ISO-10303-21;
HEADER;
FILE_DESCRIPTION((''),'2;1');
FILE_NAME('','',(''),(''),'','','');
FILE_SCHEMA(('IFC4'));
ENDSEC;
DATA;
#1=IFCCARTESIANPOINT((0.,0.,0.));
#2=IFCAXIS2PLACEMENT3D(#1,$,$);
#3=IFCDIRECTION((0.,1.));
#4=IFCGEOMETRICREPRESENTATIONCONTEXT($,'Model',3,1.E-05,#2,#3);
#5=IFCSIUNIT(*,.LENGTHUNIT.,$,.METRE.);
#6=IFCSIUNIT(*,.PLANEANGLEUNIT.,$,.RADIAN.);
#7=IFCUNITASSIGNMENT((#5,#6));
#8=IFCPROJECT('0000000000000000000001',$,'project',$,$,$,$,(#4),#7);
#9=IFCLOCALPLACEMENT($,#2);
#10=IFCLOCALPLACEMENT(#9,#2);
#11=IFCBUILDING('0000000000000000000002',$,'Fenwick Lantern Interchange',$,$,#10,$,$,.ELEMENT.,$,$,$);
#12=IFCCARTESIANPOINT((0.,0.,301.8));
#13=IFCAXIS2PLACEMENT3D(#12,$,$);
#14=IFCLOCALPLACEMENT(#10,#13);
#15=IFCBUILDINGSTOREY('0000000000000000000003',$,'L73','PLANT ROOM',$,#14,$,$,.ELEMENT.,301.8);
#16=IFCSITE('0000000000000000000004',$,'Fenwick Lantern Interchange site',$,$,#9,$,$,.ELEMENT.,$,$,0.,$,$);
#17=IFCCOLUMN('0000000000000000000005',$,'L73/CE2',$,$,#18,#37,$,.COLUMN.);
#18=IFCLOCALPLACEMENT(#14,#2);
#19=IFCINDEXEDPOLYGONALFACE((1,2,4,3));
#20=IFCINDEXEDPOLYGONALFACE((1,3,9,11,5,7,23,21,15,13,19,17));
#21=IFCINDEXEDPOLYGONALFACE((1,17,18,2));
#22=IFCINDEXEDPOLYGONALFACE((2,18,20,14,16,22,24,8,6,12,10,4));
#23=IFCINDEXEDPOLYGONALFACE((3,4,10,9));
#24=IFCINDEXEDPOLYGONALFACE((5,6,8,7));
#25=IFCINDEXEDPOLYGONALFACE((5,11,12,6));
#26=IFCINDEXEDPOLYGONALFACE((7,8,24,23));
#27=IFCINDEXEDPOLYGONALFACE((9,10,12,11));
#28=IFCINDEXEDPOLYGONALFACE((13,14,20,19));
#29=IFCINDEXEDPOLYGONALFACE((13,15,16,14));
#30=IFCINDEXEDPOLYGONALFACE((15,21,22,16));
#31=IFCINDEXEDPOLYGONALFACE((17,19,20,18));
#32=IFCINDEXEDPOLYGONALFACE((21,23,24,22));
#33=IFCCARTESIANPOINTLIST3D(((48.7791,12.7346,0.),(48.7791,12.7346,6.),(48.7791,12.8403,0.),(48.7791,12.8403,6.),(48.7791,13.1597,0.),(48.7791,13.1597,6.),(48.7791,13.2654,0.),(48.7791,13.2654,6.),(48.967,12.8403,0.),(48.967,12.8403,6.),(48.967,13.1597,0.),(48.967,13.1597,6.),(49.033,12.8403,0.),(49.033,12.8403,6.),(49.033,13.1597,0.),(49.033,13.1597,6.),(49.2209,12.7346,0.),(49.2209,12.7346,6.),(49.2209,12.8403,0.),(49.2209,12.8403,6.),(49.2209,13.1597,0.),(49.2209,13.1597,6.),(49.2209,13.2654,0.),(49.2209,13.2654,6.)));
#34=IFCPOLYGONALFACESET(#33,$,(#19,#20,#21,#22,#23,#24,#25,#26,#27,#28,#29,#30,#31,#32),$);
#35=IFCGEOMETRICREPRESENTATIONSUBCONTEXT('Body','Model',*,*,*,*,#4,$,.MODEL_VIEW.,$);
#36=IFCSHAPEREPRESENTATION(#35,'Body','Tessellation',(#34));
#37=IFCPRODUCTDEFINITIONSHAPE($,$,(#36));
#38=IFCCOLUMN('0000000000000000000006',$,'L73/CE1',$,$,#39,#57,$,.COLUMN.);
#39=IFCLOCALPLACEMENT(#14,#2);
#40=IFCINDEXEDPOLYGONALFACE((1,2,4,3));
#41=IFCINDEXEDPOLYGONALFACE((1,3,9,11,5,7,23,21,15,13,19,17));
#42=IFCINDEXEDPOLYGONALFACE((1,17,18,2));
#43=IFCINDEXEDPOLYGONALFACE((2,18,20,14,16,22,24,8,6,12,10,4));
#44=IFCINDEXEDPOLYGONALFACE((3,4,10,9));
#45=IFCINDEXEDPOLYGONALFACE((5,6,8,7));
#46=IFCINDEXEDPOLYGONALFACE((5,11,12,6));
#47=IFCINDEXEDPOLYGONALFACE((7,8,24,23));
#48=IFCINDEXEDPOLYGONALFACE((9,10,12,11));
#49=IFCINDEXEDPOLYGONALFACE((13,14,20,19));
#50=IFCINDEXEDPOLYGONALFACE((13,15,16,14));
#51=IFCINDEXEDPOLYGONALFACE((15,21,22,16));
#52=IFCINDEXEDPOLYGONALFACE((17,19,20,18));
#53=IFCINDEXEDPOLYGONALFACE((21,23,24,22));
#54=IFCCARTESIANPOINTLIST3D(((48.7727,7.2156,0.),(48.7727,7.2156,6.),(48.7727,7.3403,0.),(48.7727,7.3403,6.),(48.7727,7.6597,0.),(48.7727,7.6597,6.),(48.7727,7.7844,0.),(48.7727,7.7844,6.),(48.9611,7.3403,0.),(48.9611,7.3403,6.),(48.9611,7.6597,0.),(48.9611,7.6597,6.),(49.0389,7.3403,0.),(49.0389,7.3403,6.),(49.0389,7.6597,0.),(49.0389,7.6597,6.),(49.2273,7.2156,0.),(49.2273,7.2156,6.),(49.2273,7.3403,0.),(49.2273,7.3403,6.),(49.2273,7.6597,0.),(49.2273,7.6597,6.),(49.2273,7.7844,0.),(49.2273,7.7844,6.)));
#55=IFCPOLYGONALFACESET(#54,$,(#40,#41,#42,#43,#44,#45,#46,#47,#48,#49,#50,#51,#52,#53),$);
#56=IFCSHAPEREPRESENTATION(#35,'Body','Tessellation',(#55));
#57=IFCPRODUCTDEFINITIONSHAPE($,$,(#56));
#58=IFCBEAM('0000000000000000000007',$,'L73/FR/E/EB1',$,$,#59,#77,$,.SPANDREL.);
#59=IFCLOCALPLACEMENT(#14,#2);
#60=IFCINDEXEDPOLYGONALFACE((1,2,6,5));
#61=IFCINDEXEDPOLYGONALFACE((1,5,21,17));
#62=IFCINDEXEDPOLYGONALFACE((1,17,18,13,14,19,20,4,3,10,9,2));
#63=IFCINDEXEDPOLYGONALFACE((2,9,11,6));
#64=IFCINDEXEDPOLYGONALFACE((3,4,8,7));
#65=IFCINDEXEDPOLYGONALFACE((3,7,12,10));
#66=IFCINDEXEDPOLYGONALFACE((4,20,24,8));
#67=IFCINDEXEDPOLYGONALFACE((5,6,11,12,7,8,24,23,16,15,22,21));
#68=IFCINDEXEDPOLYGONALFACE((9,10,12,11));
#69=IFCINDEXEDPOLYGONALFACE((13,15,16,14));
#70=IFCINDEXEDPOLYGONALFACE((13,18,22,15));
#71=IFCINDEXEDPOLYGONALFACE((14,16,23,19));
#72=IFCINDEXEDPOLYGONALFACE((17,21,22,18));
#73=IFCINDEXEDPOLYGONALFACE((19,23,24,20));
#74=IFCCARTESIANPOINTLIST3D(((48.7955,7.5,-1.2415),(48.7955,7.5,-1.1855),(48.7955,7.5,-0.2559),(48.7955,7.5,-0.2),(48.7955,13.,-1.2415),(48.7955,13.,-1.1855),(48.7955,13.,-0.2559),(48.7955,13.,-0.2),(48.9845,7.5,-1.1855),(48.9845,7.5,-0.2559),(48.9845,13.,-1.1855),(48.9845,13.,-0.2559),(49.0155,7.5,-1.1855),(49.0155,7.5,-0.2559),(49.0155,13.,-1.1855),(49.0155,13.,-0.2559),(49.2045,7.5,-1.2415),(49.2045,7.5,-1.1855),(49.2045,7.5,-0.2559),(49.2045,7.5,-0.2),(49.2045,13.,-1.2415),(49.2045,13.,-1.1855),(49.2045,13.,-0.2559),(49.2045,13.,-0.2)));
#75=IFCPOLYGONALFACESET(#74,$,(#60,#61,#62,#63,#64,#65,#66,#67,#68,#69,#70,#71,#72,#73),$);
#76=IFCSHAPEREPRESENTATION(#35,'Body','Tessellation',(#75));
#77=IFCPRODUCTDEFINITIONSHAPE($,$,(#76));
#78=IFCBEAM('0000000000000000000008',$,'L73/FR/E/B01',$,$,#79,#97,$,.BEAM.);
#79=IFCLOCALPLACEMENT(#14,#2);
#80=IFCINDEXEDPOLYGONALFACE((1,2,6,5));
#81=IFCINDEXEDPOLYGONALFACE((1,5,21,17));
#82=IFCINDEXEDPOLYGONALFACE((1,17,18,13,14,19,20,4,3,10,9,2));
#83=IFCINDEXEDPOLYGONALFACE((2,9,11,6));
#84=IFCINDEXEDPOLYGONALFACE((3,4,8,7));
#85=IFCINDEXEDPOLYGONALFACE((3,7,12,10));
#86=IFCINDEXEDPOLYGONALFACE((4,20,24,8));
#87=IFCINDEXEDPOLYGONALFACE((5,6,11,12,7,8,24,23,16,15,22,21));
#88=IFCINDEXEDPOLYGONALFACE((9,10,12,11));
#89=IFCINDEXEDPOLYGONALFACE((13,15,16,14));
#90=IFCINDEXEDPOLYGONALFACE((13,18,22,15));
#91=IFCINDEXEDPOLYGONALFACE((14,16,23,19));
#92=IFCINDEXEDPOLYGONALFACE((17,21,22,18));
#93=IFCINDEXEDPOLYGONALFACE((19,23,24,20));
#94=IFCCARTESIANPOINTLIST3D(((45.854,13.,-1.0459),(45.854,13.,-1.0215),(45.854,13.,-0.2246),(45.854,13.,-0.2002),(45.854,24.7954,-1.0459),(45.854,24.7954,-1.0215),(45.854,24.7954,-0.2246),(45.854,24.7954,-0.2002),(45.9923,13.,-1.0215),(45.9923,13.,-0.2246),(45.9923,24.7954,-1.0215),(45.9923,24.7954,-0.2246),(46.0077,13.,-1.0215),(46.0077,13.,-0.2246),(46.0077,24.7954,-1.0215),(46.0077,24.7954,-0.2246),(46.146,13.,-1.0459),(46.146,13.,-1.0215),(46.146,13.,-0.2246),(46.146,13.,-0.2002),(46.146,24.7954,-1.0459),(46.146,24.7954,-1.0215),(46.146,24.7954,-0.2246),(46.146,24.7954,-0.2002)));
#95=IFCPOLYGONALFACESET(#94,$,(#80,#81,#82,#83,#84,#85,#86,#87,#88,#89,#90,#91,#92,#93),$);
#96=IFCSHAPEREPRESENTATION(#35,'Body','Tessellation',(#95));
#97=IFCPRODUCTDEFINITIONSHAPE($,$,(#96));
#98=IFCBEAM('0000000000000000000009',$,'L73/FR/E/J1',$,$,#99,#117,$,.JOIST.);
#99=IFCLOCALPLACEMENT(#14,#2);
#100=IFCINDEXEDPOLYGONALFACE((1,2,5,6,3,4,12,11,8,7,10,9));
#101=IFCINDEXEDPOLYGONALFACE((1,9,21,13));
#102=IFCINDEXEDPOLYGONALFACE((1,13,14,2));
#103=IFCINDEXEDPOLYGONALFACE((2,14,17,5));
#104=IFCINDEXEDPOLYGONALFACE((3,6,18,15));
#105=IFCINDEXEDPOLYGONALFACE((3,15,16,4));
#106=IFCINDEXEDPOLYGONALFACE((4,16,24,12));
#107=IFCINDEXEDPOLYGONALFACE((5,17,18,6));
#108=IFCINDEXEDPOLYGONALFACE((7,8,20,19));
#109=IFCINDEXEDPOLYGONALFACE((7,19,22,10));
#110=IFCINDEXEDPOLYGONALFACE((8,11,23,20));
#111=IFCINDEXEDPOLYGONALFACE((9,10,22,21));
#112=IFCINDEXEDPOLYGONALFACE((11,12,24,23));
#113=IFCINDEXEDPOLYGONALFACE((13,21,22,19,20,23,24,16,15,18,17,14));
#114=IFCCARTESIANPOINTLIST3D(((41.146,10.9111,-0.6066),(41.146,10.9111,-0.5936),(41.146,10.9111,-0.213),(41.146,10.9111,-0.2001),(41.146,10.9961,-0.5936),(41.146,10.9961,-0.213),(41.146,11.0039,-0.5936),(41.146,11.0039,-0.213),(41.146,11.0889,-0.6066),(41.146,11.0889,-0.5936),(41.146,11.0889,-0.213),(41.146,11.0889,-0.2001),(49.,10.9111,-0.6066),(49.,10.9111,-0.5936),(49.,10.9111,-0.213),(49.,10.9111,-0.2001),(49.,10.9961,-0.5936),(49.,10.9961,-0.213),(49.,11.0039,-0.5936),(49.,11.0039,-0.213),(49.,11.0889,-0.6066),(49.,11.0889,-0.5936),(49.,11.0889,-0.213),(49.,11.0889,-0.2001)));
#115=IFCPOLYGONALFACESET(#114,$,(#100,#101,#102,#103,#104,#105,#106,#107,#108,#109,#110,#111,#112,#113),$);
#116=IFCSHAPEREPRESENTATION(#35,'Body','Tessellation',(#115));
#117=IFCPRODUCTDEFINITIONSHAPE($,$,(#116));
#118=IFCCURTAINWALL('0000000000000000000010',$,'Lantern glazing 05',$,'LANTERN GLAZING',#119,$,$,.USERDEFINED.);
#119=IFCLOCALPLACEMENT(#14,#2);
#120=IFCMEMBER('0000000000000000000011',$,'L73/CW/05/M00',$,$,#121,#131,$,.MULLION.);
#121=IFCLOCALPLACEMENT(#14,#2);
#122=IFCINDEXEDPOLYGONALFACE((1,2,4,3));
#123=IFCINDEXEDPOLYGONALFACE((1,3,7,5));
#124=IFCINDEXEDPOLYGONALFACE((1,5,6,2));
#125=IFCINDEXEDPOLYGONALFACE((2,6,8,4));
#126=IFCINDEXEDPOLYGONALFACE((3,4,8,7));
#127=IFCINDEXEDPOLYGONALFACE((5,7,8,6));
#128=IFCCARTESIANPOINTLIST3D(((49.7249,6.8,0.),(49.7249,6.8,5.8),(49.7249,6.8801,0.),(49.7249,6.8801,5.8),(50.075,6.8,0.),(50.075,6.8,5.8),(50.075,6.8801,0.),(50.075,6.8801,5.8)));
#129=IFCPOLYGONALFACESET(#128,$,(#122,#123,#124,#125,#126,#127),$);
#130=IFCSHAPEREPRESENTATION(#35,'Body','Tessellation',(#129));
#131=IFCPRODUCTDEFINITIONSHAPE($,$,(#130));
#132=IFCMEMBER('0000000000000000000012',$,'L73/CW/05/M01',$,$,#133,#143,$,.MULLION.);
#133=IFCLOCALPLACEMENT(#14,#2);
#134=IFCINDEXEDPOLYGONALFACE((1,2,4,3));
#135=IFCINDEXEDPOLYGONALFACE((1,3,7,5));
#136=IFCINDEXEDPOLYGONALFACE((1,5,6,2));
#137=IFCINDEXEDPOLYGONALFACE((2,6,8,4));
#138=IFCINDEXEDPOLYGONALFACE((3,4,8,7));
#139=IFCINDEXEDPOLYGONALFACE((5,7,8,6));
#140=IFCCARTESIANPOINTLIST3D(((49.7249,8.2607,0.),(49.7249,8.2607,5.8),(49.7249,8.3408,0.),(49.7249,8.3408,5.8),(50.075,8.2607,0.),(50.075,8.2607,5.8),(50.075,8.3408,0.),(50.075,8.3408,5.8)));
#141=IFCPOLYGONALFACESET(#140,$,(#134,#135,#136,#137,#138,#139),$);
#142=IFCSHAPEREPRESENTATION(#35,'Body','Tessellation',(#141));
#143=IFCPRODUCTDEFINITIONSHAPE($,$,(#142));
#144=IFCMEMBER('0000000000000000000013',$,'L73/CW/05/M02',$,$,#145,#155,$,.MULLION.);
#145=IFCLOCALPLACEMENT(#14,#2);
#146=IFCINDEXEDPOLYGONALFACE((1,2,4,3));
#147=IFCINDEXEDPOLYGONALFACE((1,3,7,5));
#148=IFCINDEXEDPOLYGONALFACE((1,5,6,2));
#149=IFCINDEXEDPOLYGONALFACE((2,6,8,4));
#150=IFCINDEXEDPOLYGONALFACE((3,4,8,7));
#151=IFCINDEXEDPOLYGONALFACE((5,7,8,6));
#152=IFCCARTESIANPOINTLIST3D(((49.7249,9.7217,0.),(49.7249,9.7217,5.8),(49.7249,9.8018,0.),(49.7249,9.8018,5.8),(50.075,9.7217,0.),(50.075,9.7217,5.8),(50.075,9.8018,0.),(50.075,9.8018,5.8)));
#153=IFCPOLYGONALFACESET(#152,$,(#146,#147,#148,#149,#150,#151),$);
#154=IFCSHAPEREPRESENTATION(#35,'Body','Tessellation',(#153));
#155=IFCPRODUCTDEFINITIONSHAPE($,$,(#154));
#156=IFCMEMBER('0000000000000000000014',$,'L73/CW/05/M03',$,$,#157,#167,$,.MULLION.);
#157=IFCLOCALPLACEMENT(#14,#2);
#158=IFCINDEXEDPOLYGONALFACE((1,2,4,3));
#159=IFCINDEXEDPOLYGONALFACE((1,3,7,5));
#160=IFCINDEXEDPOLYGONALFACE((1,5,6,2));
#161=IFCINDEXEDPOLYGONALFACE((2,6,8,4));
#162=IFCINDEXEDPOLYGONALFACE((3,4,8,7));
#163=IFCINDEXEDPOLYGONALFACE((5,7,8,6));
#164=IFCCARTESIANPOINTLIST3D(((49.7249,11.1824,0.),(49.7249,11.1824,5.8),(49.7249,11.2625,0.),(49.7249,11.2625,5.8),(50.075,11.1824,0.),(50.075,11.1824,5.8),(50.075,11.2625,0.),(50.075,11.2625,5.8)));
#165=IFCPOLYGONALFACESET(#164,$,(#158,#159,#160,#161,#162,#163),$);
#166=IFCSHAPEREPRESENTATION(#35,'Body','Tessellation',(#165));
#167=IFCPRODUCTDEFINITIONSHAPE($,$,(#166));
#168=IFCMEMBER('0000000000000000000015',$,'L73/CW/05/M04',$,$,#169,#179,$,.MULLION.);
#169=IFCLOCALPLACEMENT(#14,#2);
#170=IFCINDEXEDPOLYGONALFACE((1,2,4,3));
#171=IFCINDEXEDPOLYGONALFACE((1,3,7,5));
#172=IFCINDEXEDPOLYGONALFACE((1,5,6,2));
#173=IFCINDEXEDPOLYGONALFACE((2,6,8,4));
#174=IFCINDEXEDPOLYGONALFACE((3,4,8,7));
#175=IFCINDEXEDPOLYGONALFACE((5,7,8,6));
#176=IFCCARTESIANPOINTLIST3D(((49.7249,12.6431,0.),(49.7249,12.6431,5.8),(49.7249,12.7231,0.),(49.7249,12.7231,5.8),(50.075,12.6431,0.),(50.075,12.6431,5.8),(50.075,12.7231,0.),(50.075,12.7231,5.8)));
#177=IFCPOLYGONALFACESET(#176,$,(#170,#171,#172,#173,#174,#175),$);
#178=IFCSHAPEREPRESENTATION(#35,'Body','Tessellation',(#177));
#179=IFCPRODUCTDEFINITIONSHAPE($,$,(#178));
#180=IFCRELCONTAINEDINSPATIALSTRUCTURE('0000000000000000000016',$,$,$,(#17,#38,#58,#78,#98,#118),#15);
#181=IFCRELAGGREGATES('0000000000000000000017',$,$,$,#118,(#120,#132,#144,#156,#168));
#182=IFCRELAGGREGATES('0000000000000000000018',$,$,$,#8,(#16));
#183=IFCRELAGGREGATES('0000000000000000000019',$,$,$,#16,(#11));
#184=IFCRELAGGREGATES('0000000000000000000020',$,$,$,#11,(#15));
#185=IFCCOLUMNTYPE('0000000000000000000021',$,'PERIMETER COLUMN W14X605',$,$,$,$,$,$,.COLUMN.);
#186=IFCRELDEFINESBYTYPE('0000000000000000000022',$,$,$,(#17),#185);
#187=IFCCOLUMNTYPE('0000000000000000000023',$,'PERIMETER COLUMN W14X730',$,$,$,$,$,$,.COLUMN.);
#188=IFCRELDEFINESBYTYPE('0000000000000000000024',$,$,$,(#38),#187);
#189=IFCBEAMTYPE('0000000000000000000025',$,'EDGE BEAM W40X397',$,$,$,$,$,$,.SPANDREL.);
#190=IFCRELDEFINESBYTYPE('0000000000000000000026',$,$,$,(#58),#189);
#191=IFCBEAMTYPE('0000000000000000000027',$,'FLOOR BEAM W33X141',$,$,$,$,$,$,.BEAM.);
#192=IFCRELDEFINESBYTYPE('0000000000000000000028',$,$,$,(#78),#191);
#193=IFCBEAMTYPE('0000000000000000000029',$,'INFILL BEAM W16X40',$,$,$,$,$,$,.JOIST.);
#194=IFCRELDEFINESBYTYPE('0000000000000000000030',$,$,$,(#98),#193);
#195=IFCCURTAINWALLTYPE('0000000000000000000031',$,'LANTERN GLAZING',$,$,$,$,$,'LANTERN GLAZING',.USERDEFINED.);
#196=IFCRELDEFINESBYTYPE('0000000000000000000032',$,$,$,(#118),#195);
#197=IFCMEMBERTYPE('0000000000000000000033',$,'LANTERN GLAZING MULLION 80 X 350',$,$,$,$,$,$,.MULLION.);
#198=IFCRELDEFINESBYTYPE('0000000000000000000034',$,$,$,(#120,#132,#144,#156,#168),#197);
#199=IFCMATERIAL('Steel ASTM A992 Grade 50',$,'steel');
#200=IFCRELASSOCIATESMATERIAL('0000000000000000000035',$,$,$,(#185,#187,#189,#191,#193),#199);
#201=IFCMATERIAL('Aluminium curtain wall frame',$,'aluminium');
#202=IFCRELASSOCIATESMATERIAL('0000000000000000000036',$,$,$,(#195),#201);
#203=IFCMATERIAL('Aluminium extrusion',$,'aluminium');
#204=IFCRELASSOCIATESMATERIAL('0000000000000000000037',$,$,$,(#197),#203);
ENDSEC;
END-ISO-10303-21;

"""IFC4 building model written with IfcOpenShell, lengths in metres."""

from ifc_helpers import new_model, si_unit, direction, frame, origin, origin_2d, place, context, subcontext, project, spatial, rectangle, i_section, extrude, material, material_profile, profile_set, type_object, element, aggregate, save


model = new_model("IFC4")

# Units and contexts
model_context = context("Model", 3, precision=1e-05, world=origin(), true_north=direction((0.0, 1.0)))
body_context = subcontext(model_context, "Body", "Model", "MODEL_VIEW")
ifc_project = project(units=[si_unit("LENGTHUNIT", "METRE"), si_unit("PLANEANGLEUNIT", "RADIAN")], contexts=[model_context])

# Site, building, storey
site_placement = place(None, origin())
site = spatial("IfcSite", under=ifc_project, at=site_placement, Name="Fenwick Lantern Interchange site", CompositionType="ELEMENT", RefElevation=0.0)
building_placement = place(site_placement, origin())
building = spatial("IfcBuilding", under=site, at=building_placement, Name="Fenwick Lantern Interchange", CompositionType="ELEMENT")
storey_placement = place(building_placement, frame((0.0, 0.0, 301.8)))
storey = spatial("IfcBuildingStorey", under=building, at=storey_placement, Name="L73", Description="PLANT ROOM", CompositionType="ELEMENT", Elevation=301.8)

# Columns
ifc_material_1 = material(Name="Steel ASTM A992 Grade 50", Category="steel")
ifc_material_profile_1 = material_profile(ifc_material_1, i_section(OverallWidth=0.4419, OverallDepth=0.5308, WebThickness=0.0659, FlangeThickness=0.1057, at=origin_2d()), Name="W14X605")
ifc_profile_set_1 = profile_set([ifc_material_profile_1], Name="Steel ASTM A992 Grade 50")
column_type_1 = type_object("IfcColumnType", Name="PERIMETER COLUMN W14X605", PredefinedType="COLUMN", material=ifc_profile_set_1)
column_1_placement = place(storey_placement, frame((49.0, 13.0, 0.0), z_axis=(0.0, 0.0, 1.0), x_axis=(1.0, 0.0, 0.0)))
element("IfcColumn", 1, at=column_1_placement, inside=storey, type_object=column_type_1, Name="L73/CE2", PredefinedType="COLUMN", context=body_context, shape_type="SweptSolid", body=[
    extrude(i_section(OverallWidth=0.4419, OverallDepth=0.5308, WebThickness=0.0659, FlangeThickness=0.1057, at=origin_2d()), origin(), (0.0, 0.0, 1.0), 6.0),
])
ifc_material_profile_2 = material_profile(ifc_material_1, i_section(OverallWidth=0.4546, OverallDepth=0.5688, WebThickness=0.0779, FlangeThickness=0.1248, at=origin_2d()), Name="W14X730")
ifc_profile_set_2 = profile_set([ifc_material_profile_2], Name="Steel ASTM A992 Grade 50")
column_type_2 = type_object("IfcColumnType", Name="PERIMETER COLUMN W14X730", PredefinedType="COLUMN", material=ifc_profile_set_2)
column_2_placement = place(storey_placement, frame((49.0, 7.5, 0.0), z_axis=(0.0, 0.0, 1.0), x_axis=(1.0, 0.0, 0.0)))
element("IfcColumn", 2, at=column_2_placement, inside=storey, type_object=column_type_2, Name="L73/CE1", PredefinedType="COLUMN", context=body_context, shape_type="SweptSolid", body=[
    extrude(i_section(OverallWidth=0.4546, OverallDepth=0.5688, WebThickness=0.0779, FlangeThickness=0.1248, at=origin_2d()), origin(), (0.0, 0.0, 1.0), 6.0),
])

# Beams
ifc_material_profile_3 = material_profile(ifc_material_1, i_section(OverallWidth=0.4089, OverallDepth=1.0415, WebThickness=0.031, FlangeThickness=0.0559, at=origin_2d()), Name="W40X397")
ifc_profile_set_3 = profile_set([ifc_material_profile_3], Name="Steel ASTM A992 Grade 50")
beam_type_1 = type_object("IfcBeamType", Name="EDGE BEAM W40X397", PredefinedType="SPANDREL", material=ifc_profile_set_3)
beam_1_placement = place(storey_placement, frame((49.0, 7.5, -0.7207), z_axis=(0.0, 1.0, 0.0), x_axis=(-1.0, 0.0, 0.0)))
element("IfcBeam", 3, at=beam_1_placement, inside=storey, type_object=beam_type_1, Name="L73/FR/E/EB1", PredefinedType="SPANDREL", context=body_context, shape_type="SweptSolid", body=[
    extrude(i_section(OverallWidth=0.4089, OverallDepth=1.0415, WebThickness=0.031, FlangeThickness=0.0559, at=origin_2d()), origin(), (0.0, 0.0, 1.0), 5.5),
])
ifc_material_profile_4 = material_profile(ifc_material_1, i_section(OverallWidth=0.292, OverallDepth=0.8457, WebThickness=0.0154, FlangeThickness=0.0244, at=origin_2d()), Name="W33X141")
ifc_profile_set_4 = profile_set([ifc_material_profile_4], Name="Steel ASTM A992 Grade 50")
beam_type_2 = type_object("IfcBeamType", Name="FLOOR BEAM W33X141", PredefinedType="BEAM", material=ifc_profile_set_4)
beam_2_placement = place(storey_placement, frame((46.0, 13.0, -0.623), z_axis=(0.0, 1.0, 0.0), x_axis=(-1.0, 0.0, 0.0)))
element("IfcBeam", 4, at=beam_2_placement, inside=storey, type_object=beam_type_2, Name="L73/FR/E/B01", PredefinedType="BEAM", context=body_context, shape_type="SweptSolid", body=[
    extrude(i_section(OverallWidth=0.292, OverallDepth=0.8457, WebThickness=0.0154, FlangeThickness=0.0244, at=origin_2d()), origin(), (0.0, 0.0, 1.0), 11.7954),
])
ifc_material_profile_5 = material_profile(ifc_material_1, i_section(OverallWidth=0.1777, OverallDepth=0.4065, WebThickness=0.0078, FlangeThickness=0.0129, at=origin_2d()), Name="W16X40")
ifc_profile_set_5 = profile_set([ifc_material_profile_5], Name="Steel ASTM A992 Grade 50")
beam_type_3 = type_object("IfcBeamType", Name="INFILL BEAM W16X40", PredefinedType="JOIST", material=ifc_profile_set_5)
beam_3_placement = place(storey_placement, frame((49.0, 11.0, -0.4033), z_axis=(-1.0, 0.0, 0.0), x_axis=(0.0, -1.0, 0.0)))
element("IfcBeam", 5, at=beam_3_placement, inside=storey, type_object=beam_type_3, Name="L73/FR/E/J1", PredefinedType="JOIST", context=body_context, shape_type="SweptSolid", body=[
    extrude(i_section(OverallWidth=0.1777, OverallDepth=0.4065, WebThickness=0.0078, FlangeThickness=0.0129, at=origin_2d()), origin(), (0.0, 0.0, 1.0), 7.854),
])

# Curtain wall, members
ifc_material_2 = material(Name="Aluminium curtain wall frame", Category="aluminium")
curtain_wall_type = type_object("IfcCurtainWallType", Name="LANTERN GLAZING", ElementType="LANTERN GLAZING", PredefinedType="USERDEFINED", material=ifc_material_2)
curtain_wall_placement = place(storey_placement, origin())
curtain_wall = element("IfcCurtainWall", 6, at=curtain_wall_placement, inside=storey, type_object=curtain_wall_type, Name="Lantern glazing 05", ObjectType="LANTERN GLAZING", PredefinedType="USERDEFINED")
ifc_material_3 = material(Name="Aluminium extrusion", Category="aluminium")
ifc_material_profile_6 = material_profile(ifc_material_3, rectangle(XDim=0.3501, YDim=0.0801, at=origin_2d()), Name="LANTERN GLAZING MULLION 80 X 350")
ifc_profile_set_6 = profile_set([ifc_material_profile_6], Name="Aluminium extrusion")
member_type_1 = type_object("IfcMemberType", Name="LANTERN GLAZING MULLION 80 X 350", PredefinedType="MULLION", material=ifc_profile_set_6)
member_1_placement = place(storey_placement, frame((49.8999, 6.8401, 0.0), z_axis=(0.0, 0.0, 1.0), x_axis=(-1.0, 0.0, 0.0)))
member_1 = element("IfcMember", 7, at=member_1_placement, type_object=member_type_1, Name="L73/CW/05/M00", PredefinedType="MULLION", context=body_context, shape_type="SweptSolid", body=[
    extrude(rectangle(XDim=0.3501, YDim=0.0801, at=origin_2d()), origin(), (0.0, 0.0, 1.0), 5.8),
])
member_2_placement = place(storey_placement, frame((49.8999, 8.3008, 0.0), z_axis=(0.0, 0.0, 1.0), x_axis=(-1.0, 0.0, 0.0)))
member_2 = element("IfcMember", 8, at=member_2_placement, type_object=member_type_1, Name="L73/CW/05/M01", PredefinedType="MULLION", context=body_context, shape_type="SweptSolid", body=[
    extrude(rectangle(XDim=0.3501, YDim=0.0801, at=origin_2d()), origin(), (0.0, 0.0, 1.0), 5.8),
])
member_3_placement = place(storey_placement, frame((49.8999, 9.7617, 0.0), z_axis=(0.0, 0.0, 1.0), x_axis=(-1.0, 0.0, 0.0)))
member_3 = element("IfcMember", 9, at=member_3_placement, type_object=member_type_1, Name="L73/CW/05/M02", PredefinedType="MULLION", context=body_context, shape_type="SweptSolid", body=[
    extrude(rectangle(XDim=0.3501, YDim=0.0801, at=origin_2d()), origin(), (0.0, 0.0, 1.0), 5.8),
])
member_4_placement = place(storey_placement, frame((49.8999, 11.2224, 0.0), z_axis=(0.0, 0.0, 1.0), x_axis=(-1.0, 0.0, 0.0)))
member_4 = element("IfcMember", 10, at=member_4_placement, type_object=member_type_1, Name="L73/CW/05/M03", PredefinedType="MULLION", context=body_context, shape_type="SweptSolid", body=[
    extrude(rectangle(XDim=0.3501, YDim=0.0801, at=origin_2d()), origin(), (0.0, 0.0, 1.0), 5.8),
])
member_5_placement = place(storey_placement, frame((49.8999, 12.6831, 0.0), z_axis=(0.0, 0.0, 1.0), x_axis=(-1.0, 0.0, 0.0)))
member_5 = element("IfcMember", 11, at=member_5_placement, type_object=member_type_1, Name="L73/CW/05/M04", PredefinedType="MULLION", context=body_context, shape_type="SweptSolid", body=[
    extrude(rectangle(XDim=0.3501, YDim=0.0801, at=origin_2d()), origin(), (0.0, 0.0, 1.0), 5.8),
])
aggregate(curtain_wall, [member_1, member_2, member_3, member_4, member_5])

save(model, "model.ifc")
